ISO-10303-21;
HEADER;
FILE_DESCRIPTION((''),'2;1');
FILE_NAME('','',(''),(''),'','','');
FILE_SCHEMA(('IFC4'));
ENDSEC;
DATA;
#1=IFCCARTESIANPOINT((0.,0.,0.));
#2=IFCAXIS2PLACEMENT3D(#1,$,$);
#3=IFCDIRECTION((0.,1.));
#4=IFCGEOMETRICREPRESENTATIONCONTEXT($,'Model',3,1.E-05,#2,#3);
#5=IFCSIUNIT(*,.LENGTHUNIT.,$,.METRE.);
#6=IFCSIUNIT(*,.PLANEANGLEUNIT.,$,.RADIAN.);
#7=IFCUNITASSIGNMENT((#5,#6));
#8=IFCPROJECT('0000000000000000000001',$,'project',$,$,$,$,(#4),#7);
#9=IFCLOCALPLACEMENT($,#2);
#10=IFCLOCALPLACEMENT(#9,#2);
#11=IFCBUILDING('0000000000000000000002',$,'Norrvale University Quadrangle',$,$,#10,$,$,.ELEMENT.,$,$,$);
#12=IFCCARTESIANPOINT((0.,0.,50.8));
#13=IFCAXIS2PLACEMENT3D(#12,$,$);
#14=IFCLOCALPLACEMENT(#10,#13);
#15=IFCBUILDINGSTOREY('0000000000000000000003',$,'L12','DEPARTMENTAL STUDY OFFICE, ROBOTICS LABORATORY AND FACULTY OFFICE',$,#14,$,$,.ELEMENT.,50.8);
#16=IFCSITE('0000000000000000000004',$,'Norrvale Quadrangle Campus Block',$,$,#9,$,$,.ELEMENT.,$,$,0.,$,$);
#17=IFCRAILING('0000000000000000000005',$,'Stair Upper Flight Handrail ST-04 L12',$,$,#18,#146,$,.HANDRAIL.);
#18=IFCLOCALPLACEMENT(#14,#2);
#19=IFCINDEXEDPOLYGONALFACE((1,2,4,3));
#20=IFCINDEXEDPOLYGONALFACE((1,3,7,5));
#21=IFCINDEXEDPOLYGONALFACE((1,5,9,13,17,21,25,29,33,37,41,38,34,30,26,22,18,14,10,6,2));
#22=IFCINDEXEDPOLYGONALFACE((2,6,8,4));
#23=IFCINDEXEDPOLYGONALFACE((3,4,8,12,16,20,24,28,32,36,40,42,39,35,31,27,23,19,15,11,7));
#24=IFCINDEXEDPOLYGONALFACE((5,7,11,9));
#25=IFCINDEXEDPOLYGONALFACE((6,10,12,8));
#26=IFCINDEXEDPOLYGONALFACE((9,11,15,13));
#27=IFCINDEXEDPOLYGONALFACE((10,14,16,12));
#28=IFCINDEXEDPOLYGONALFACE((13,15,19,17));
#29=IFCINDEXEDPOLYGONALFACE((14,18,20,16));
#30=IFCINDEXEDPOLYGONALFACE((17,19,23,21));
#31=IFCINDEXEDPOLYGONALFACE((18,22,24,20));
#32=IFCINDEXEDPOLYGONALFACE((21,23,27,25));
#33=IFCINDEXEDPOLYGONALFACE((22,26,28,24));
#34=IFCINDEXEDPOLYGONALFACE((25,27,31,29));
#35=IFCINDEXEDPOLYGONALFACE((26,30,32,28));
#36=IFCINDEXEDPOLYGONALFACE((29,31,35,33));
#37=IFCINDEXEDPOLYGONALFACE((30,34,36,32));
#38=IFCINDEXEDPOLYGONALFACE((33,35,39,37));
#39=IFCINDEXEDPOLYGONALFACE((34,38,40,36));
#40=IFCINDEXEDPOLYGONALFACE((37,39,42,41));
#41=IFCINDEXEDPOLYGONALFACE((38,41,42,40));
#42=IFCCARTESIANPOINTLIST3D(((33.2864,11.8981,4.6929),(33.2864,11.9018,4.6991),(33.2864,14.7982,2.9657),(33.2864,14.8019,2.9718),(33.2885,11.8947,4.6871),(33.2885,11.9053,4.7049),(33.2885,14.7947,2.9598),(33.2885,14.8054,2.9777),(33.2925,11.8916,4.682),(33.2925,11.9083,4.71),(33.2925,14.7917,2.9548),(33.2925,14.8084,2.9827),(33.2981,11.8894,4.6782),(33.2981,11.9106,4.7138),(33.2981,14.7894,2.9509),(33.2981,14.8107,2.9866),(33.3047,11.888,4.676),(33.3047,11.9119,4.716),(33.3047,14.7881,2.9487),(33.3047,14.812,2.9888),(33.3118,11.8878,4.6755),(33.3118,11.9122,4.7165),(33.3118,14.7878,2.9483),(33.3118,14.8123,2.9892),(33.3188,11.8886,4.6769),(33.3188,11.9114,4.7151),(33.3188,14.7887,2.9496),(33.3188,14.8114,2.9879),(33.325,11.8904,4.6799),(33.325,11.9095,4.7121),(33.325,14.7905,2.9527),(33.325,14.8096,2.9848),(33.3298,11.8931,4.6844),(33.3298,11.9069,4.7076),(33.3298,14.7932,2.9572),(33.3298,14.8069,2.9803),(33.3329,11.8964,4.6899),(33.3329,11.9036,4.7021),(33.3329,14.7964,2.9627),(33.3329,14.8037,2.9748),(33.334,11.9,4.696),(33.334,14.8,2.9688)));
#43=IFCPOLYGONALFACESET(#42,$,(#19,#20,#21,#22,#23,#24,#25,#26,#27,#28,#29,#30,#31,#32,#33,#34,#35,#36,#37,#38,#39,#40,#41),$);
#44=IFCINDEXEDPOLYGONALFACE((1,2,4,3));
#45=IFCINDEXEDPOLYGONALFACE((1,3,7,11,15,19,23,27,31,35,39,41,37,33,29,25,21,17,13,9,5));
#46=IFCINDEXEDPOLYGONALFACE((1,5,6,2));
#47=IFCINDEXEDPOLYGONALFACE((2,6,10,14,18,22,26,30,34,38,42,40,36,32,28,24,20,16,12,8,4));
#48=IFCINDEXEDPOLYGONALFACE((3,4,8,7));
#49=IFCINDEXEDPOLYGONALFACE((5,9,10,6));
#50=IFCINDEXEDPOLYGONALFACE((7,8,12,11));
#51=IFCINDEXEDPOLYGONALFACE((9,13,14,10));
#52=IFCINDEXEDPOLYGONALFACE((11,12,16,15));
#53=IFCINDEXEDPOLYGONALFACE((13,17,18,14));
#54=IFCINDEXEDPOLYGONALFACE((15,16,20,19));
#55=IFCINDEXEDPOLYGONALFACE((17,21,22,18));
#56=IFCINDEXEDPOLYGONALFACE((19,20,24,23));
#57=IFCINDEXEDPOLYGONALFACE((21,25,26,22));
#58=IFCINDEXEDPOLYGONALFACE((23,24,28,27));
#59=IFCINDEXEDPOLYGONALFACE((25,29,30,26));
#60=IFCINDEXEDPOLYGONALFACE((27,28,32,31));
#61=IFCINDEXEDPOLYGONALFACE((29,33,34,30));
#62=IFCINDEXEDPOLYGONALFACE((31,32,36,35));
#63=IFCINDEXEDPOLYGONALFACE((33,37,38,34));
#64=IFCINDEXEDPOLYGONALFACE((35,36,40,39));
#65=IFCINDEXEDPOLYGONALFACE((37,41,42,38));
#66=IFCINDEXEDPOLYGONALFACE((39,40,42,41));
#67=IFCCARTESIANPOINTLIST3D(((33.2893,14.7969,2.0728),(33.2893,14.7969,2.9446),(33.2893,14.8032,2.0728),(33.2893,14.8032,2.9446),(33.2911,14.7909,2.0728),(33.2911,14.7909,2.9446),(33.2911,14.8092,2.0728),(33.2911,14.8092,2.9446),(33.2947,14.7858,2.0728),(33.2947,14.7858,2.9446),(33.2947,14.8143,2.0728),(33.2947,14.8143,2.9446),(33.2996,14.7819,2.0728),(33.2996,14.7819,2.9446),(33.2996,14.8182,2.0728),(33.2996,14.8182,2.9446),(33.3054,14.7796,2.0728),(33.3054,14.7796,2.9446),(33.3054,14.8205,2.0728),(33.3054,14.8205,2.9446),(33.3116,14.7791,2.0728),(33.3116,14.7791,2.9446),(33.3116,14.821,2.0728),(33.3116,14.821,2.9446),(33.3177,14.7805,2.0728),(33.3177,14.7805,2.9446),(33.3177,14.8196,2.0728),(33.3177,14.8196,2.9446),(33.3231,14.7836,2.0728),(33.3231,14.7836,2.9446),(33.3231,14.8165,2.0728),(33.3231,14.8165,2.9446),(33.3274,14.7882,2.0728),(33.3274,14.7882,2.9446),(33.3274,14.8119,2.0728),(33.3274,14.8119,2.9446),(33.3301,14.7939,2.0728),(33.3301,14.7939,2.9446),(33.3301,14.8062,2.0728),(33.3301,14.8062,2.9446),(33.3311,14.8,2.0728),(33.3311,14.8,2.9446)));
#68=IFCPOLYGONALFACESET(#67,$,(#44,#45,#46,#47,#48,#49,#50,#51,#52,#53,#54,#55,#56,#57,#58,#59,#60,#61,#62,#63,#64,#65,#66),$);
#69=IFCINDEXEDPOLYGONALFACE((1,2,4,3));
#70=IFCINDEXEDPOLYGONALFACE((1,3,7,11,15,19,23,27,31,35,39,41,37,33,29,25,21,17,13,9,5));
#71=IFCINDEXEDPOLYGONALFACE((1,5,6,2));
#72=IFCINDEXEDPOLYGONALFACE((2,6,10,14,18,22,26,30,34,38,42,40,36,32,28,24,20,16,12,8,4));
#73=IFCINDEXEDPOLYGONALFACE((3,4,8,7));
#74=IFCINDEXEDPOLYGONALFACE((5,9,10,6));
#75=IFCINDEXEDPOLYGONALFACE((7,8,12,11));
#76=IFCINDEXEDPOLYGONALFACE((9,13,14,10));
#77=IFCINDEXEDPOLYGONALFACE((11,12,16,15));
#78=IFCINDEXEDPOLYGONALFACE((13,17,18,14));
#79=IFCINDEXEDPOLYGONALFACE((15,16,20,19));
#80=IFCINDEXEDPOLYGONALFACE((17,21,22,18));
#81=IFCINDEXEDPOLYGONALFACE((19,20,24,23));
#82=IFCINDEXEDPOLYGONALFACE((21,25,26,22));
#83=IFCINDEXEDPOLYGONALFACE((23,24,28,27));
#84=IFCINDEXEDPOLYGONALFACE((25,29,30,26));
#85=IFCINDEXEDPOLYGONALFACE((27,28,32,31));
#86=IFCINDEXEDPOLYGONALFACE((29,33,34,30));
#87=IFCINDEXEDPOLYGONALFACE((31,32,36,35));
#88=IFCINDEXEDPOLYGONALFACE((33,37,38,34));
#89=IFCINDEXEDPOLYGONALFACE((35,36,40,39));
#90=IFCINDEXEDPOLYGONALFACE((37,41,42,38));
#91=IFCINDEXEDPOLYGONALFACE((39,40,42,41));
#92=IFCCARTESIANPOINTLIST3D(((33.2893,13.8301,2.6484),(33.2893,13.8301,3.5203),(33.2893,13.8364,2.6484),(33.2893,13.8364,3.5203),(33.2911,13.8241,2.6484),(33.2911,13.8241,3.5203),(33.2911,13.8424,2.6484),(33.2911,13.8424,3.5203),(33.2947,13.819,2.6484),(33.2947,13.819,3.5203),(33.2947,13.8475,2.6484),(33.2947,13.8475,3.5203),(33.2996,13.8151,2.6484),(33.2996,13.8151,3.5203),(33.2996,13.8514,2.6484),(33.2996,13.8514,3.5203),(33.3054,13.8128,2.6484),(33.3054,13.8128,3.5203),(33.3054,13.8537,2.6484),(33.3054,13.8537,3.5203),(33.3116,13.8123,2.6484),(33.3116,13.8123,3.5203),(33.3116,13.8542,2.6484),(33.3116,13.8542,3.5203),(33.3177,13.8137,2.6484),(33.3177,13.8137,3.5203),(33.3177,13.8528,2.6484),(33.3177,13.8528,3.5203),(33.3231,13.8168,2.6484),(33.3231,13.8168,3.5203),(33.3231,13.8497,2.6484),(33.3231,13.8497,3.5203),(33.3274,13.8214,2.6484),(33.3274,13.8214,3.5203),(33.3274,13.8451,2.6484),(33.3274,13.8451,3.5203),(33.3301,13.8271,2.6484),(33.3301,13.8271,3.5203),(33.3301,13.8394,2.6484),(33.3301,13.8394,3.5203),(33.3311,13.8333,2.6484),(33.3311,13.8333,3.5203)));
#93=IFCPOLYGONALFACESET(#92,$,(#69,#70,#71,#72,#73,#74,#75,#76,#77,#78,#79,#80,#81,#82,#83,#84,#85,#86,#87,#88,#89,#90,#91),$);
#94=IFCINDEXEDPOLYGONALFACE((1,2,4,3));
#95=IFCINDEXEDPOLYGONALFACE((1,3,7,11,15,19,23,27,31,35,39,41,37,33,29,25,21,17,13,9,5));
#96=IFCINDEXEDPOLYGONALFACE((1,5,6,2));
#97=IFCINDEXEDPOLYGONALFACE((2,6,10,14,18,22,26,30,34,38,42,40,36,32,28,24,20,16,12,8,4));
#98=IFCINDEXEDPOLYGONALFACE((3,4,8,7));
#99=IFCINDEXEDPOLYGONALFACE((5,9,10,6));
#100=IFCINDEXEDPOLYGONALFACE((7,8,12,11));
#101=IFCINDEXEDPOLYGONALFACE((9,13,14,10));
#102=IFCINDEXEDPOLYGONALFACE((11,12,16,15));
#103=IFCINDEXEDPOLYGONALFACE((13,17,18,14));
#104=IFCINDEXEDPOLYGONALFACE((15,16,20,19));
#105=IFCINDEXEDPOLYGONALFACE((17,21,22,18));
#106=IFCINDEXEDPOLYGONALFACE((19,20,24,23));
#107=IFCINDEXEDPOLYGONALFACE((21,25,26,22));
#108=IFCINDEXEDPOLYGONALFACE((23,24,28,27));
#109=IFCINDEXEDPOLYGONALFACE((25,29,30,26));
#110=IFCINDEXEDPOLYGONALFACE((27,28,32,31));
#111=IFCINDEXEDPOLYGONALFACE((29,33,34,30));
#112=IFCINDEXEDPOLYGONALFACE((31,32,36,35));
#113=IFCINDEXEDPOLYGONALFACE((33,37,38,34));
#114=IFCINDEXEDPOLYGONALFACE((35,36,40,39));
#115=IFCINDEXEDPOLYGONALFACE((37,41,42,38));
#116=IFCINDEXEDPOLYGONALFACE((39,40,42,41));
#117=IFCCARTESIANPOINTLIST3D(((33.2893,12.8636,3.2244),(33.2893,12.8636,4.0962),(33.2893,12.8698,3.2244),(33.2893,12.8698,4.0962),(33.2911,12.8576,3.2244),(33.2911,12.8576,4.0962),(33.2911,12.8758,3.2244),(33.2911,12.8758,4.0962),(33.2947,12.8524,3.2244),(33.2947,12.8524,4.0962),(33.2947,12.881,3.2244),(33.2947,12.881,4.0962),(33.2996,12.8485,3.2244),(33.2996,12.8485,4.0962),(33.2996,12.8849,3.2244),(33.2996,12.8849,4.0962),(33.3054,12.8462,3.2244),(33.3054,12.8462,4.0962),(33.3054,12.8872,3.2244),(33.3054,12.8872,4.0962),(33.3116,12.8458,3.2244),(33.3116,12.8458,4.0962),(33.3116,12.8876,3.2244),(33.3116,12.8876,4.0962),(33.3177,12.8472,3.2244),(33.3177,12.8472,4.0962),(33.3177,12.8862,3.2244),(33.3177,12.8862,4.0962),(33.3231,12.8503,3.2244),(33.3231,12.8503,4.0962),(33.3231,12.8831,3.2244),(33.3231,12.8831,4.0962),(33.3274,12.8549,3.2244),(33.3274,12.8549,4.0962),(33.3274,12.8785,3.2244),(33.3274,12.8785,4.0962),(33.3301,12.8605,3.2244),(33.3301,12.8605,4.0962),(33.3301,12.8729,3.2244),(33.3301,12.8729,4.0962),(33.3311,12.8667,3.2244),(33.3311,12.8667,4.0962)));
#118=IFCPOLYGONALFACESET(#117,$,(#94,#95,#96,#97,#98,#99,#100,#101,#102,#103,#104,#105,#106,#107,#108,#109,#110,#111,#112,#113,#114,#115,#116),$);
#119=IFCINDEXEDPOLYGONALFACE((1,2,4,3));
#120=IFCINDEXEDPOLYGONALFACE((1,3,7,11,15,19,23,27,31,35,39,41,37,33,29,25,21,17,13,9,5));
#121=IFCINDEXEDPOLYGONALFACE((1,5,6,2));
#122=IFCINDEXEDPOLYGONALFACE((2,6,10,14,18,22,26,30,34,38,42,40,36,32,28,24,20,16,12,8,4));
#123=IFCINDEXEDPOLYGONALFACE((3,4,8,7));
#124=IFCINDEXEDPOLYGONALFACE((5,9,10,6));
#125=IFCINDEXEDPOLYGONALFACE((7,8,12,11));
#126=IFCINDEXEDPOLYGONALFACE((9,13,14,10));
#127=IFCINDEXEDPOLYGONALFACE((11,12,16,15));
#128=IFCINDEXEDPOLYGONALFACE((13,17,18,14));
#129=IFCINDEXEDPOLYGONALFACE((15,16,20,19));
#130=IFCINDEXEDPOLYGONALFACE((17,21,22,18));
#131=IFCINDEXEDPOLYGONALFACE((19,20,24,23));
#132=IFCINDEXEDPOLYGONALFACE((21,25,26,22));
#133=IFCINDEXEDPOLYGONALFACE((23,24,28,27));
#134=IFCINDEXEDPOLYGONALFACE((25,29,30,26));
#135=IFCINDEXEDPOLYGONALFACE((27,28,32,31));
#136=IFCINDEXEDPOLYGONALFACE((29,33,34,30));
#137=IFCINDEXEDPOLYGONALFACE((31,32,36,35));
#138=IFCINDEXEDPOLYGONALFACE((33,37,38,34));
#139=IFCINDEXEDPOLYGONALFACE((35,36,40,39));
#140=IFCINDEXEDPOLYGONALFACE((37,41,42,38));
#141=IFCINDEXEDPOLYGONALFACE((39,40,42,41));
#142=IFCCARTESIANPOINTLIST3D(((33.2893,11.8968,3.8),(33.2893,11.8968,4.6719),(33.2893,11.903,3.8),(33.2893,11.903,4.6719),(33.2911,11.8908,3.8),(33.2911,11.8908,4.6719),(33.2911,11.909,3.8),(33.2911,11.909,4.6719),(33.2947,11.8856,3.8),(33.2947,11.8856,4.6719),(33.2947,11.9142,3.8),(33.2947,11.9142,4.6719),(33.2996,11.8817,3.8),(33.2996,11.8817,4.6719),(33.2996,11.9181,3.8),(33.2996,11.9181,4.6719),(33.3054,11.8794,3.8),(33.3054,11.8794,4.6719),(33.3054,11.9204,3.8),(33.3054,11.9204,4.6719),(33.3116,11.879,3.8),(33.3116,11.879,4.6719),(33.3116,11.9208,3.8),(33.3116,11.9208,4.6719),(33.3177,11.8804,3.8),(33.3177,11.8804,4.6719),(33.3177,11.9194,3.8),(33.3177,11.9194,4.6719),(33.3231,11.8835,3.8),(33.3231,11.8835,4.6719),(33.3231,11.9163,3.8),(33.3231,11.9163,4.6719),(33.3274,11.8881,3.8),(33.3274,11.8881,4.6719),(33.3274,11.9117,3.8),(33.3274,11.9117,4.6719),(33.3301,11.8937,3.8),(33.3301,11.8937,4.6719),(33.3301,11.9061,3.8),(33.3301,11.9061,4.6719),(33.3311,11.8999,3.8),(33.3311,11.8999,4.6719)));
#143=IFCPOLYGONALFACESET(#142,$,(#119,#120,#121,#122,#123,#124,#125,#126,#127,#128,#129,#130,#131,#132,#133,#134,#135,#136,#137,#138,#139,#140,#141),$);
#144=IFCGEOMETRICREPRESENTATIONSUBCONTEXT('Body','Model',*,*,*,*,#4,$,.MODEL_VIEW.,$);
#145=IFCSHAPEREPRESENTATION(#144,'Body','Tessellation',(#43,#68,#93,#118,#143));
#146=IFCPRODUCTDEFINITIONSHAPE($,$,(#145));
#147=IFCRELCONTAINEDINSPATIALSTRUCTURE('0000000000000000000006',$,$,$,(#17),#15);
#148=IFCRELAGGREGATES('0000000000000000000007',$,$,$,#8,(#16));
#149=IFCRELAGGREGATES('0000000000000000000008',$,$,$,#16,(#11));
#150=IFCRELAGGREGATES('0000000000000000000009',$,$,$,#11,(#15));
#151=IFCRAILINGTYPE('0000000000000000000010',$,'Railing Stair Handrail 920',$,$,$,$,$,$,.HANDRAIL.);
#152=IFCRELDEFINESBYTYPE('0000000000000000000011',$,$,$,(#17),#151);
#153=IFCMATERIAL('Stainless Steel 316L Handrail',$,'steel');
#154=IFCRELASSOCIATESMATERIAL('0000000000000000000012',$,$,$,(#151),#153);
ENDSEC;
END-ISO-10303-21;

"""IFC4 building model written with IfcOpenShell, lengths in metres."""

from ifc_helpers import new_model, si_unit, direction, frame, origin, origin_2d, place, context, subcontext, project, spatial, circle, extrude, material, type_object, element, save


model = new_model("IFC4")

# Units and contexts
model_context = context("Model", 3, precision=1e-05, world=origin(), true_north=direction((0.0, 1.0)))
body_context = subcontext(model_context, "Body", "Model", "MODEL_VIEW")
ifc_project = project(units=[si_unit("LENGTHUNIT", "METRE"), si_unit("PLANEANGLEUNIT", "RADIAN")], contexts=[model_context])

# Site, building, storey
site_placement = place(None, origin())
site = spatial("IfcSite", under=ifc_project, at=site_placement, Name="Norrvale Quadrangle Campus Block", CompositionType="ELEMENT", RefElevation=0.0)
building_placement = place(site_placement, origin())
building = spatial("IfcBuilding", under=site, at=building_placement, Name="Norrvale University Quadrangle", CompositionType="ELEMENT")
storey_placement = place(building_placement, frame((0.0, 0.0, 50.8)))
storey = spatial("IfcBuildingStorey", under=building, at=storey_placement, Name="L12", Description="DEPARTMENTAL STUDY OFFICE, ROBOTICS LABORATORY AND FACULTY OFFICE", CompositionType="ELEMENT", Elevation=50.8)

# Railing
ifc_material_1 = material(Name="Stainless Steel 316L Handrail", Category="steel")
railing_type_1 = type_object("IfcRailingType", Name="Railing Stair Handrail 920", PredefinedType="HANDRAIL", material=ifc_material_1)
railing_1_placement = place(storey_placement, frame((33.3101, 14.8, 2.0728)))
element("IfcRailing", 1, at=railing_1_placement, inside=storey, type_object=railing_type_1, Name="Stair Upper Flight Handrail ST-04 L12", PredefinedType="HANDRAIL", context=body_context, shape_type="SweptSolid", body=[
    extrude(circle(Radius=0.0239, at=origin_2d()), frame((0.0, 0.0, 0.896), z_axis=(0.0, -0.85916, 0.511706), x_axis=(1.0, 0.0, 0.0)), (0.0, 0.0, 1.0), 3.3755),
    extrude(circle(Radius=0.021, at=origin_2d()), origin(), (0.0, 0.0, 1.0), 0.8718),
    extrude(circle(Radius=0.021, at=origin_2d()), frame((0.0, -0.9668, 0.5757)), (0.0, 0.0, 1.0), 0.8718),
    extrude(circle(Radius=0.021, at=origin_2d()), frame((0.0, -1.9333, 1.1516)), (0.0, 0.0, 1.0), 0.8718),
    extrude(circle(Radius=0.021, at=origin_2d()), frame((0.0, -2.9001, 1.7273)), (0.0, 0.0, 1.0), 0.8718),
])

save(model, "model.ifc")
